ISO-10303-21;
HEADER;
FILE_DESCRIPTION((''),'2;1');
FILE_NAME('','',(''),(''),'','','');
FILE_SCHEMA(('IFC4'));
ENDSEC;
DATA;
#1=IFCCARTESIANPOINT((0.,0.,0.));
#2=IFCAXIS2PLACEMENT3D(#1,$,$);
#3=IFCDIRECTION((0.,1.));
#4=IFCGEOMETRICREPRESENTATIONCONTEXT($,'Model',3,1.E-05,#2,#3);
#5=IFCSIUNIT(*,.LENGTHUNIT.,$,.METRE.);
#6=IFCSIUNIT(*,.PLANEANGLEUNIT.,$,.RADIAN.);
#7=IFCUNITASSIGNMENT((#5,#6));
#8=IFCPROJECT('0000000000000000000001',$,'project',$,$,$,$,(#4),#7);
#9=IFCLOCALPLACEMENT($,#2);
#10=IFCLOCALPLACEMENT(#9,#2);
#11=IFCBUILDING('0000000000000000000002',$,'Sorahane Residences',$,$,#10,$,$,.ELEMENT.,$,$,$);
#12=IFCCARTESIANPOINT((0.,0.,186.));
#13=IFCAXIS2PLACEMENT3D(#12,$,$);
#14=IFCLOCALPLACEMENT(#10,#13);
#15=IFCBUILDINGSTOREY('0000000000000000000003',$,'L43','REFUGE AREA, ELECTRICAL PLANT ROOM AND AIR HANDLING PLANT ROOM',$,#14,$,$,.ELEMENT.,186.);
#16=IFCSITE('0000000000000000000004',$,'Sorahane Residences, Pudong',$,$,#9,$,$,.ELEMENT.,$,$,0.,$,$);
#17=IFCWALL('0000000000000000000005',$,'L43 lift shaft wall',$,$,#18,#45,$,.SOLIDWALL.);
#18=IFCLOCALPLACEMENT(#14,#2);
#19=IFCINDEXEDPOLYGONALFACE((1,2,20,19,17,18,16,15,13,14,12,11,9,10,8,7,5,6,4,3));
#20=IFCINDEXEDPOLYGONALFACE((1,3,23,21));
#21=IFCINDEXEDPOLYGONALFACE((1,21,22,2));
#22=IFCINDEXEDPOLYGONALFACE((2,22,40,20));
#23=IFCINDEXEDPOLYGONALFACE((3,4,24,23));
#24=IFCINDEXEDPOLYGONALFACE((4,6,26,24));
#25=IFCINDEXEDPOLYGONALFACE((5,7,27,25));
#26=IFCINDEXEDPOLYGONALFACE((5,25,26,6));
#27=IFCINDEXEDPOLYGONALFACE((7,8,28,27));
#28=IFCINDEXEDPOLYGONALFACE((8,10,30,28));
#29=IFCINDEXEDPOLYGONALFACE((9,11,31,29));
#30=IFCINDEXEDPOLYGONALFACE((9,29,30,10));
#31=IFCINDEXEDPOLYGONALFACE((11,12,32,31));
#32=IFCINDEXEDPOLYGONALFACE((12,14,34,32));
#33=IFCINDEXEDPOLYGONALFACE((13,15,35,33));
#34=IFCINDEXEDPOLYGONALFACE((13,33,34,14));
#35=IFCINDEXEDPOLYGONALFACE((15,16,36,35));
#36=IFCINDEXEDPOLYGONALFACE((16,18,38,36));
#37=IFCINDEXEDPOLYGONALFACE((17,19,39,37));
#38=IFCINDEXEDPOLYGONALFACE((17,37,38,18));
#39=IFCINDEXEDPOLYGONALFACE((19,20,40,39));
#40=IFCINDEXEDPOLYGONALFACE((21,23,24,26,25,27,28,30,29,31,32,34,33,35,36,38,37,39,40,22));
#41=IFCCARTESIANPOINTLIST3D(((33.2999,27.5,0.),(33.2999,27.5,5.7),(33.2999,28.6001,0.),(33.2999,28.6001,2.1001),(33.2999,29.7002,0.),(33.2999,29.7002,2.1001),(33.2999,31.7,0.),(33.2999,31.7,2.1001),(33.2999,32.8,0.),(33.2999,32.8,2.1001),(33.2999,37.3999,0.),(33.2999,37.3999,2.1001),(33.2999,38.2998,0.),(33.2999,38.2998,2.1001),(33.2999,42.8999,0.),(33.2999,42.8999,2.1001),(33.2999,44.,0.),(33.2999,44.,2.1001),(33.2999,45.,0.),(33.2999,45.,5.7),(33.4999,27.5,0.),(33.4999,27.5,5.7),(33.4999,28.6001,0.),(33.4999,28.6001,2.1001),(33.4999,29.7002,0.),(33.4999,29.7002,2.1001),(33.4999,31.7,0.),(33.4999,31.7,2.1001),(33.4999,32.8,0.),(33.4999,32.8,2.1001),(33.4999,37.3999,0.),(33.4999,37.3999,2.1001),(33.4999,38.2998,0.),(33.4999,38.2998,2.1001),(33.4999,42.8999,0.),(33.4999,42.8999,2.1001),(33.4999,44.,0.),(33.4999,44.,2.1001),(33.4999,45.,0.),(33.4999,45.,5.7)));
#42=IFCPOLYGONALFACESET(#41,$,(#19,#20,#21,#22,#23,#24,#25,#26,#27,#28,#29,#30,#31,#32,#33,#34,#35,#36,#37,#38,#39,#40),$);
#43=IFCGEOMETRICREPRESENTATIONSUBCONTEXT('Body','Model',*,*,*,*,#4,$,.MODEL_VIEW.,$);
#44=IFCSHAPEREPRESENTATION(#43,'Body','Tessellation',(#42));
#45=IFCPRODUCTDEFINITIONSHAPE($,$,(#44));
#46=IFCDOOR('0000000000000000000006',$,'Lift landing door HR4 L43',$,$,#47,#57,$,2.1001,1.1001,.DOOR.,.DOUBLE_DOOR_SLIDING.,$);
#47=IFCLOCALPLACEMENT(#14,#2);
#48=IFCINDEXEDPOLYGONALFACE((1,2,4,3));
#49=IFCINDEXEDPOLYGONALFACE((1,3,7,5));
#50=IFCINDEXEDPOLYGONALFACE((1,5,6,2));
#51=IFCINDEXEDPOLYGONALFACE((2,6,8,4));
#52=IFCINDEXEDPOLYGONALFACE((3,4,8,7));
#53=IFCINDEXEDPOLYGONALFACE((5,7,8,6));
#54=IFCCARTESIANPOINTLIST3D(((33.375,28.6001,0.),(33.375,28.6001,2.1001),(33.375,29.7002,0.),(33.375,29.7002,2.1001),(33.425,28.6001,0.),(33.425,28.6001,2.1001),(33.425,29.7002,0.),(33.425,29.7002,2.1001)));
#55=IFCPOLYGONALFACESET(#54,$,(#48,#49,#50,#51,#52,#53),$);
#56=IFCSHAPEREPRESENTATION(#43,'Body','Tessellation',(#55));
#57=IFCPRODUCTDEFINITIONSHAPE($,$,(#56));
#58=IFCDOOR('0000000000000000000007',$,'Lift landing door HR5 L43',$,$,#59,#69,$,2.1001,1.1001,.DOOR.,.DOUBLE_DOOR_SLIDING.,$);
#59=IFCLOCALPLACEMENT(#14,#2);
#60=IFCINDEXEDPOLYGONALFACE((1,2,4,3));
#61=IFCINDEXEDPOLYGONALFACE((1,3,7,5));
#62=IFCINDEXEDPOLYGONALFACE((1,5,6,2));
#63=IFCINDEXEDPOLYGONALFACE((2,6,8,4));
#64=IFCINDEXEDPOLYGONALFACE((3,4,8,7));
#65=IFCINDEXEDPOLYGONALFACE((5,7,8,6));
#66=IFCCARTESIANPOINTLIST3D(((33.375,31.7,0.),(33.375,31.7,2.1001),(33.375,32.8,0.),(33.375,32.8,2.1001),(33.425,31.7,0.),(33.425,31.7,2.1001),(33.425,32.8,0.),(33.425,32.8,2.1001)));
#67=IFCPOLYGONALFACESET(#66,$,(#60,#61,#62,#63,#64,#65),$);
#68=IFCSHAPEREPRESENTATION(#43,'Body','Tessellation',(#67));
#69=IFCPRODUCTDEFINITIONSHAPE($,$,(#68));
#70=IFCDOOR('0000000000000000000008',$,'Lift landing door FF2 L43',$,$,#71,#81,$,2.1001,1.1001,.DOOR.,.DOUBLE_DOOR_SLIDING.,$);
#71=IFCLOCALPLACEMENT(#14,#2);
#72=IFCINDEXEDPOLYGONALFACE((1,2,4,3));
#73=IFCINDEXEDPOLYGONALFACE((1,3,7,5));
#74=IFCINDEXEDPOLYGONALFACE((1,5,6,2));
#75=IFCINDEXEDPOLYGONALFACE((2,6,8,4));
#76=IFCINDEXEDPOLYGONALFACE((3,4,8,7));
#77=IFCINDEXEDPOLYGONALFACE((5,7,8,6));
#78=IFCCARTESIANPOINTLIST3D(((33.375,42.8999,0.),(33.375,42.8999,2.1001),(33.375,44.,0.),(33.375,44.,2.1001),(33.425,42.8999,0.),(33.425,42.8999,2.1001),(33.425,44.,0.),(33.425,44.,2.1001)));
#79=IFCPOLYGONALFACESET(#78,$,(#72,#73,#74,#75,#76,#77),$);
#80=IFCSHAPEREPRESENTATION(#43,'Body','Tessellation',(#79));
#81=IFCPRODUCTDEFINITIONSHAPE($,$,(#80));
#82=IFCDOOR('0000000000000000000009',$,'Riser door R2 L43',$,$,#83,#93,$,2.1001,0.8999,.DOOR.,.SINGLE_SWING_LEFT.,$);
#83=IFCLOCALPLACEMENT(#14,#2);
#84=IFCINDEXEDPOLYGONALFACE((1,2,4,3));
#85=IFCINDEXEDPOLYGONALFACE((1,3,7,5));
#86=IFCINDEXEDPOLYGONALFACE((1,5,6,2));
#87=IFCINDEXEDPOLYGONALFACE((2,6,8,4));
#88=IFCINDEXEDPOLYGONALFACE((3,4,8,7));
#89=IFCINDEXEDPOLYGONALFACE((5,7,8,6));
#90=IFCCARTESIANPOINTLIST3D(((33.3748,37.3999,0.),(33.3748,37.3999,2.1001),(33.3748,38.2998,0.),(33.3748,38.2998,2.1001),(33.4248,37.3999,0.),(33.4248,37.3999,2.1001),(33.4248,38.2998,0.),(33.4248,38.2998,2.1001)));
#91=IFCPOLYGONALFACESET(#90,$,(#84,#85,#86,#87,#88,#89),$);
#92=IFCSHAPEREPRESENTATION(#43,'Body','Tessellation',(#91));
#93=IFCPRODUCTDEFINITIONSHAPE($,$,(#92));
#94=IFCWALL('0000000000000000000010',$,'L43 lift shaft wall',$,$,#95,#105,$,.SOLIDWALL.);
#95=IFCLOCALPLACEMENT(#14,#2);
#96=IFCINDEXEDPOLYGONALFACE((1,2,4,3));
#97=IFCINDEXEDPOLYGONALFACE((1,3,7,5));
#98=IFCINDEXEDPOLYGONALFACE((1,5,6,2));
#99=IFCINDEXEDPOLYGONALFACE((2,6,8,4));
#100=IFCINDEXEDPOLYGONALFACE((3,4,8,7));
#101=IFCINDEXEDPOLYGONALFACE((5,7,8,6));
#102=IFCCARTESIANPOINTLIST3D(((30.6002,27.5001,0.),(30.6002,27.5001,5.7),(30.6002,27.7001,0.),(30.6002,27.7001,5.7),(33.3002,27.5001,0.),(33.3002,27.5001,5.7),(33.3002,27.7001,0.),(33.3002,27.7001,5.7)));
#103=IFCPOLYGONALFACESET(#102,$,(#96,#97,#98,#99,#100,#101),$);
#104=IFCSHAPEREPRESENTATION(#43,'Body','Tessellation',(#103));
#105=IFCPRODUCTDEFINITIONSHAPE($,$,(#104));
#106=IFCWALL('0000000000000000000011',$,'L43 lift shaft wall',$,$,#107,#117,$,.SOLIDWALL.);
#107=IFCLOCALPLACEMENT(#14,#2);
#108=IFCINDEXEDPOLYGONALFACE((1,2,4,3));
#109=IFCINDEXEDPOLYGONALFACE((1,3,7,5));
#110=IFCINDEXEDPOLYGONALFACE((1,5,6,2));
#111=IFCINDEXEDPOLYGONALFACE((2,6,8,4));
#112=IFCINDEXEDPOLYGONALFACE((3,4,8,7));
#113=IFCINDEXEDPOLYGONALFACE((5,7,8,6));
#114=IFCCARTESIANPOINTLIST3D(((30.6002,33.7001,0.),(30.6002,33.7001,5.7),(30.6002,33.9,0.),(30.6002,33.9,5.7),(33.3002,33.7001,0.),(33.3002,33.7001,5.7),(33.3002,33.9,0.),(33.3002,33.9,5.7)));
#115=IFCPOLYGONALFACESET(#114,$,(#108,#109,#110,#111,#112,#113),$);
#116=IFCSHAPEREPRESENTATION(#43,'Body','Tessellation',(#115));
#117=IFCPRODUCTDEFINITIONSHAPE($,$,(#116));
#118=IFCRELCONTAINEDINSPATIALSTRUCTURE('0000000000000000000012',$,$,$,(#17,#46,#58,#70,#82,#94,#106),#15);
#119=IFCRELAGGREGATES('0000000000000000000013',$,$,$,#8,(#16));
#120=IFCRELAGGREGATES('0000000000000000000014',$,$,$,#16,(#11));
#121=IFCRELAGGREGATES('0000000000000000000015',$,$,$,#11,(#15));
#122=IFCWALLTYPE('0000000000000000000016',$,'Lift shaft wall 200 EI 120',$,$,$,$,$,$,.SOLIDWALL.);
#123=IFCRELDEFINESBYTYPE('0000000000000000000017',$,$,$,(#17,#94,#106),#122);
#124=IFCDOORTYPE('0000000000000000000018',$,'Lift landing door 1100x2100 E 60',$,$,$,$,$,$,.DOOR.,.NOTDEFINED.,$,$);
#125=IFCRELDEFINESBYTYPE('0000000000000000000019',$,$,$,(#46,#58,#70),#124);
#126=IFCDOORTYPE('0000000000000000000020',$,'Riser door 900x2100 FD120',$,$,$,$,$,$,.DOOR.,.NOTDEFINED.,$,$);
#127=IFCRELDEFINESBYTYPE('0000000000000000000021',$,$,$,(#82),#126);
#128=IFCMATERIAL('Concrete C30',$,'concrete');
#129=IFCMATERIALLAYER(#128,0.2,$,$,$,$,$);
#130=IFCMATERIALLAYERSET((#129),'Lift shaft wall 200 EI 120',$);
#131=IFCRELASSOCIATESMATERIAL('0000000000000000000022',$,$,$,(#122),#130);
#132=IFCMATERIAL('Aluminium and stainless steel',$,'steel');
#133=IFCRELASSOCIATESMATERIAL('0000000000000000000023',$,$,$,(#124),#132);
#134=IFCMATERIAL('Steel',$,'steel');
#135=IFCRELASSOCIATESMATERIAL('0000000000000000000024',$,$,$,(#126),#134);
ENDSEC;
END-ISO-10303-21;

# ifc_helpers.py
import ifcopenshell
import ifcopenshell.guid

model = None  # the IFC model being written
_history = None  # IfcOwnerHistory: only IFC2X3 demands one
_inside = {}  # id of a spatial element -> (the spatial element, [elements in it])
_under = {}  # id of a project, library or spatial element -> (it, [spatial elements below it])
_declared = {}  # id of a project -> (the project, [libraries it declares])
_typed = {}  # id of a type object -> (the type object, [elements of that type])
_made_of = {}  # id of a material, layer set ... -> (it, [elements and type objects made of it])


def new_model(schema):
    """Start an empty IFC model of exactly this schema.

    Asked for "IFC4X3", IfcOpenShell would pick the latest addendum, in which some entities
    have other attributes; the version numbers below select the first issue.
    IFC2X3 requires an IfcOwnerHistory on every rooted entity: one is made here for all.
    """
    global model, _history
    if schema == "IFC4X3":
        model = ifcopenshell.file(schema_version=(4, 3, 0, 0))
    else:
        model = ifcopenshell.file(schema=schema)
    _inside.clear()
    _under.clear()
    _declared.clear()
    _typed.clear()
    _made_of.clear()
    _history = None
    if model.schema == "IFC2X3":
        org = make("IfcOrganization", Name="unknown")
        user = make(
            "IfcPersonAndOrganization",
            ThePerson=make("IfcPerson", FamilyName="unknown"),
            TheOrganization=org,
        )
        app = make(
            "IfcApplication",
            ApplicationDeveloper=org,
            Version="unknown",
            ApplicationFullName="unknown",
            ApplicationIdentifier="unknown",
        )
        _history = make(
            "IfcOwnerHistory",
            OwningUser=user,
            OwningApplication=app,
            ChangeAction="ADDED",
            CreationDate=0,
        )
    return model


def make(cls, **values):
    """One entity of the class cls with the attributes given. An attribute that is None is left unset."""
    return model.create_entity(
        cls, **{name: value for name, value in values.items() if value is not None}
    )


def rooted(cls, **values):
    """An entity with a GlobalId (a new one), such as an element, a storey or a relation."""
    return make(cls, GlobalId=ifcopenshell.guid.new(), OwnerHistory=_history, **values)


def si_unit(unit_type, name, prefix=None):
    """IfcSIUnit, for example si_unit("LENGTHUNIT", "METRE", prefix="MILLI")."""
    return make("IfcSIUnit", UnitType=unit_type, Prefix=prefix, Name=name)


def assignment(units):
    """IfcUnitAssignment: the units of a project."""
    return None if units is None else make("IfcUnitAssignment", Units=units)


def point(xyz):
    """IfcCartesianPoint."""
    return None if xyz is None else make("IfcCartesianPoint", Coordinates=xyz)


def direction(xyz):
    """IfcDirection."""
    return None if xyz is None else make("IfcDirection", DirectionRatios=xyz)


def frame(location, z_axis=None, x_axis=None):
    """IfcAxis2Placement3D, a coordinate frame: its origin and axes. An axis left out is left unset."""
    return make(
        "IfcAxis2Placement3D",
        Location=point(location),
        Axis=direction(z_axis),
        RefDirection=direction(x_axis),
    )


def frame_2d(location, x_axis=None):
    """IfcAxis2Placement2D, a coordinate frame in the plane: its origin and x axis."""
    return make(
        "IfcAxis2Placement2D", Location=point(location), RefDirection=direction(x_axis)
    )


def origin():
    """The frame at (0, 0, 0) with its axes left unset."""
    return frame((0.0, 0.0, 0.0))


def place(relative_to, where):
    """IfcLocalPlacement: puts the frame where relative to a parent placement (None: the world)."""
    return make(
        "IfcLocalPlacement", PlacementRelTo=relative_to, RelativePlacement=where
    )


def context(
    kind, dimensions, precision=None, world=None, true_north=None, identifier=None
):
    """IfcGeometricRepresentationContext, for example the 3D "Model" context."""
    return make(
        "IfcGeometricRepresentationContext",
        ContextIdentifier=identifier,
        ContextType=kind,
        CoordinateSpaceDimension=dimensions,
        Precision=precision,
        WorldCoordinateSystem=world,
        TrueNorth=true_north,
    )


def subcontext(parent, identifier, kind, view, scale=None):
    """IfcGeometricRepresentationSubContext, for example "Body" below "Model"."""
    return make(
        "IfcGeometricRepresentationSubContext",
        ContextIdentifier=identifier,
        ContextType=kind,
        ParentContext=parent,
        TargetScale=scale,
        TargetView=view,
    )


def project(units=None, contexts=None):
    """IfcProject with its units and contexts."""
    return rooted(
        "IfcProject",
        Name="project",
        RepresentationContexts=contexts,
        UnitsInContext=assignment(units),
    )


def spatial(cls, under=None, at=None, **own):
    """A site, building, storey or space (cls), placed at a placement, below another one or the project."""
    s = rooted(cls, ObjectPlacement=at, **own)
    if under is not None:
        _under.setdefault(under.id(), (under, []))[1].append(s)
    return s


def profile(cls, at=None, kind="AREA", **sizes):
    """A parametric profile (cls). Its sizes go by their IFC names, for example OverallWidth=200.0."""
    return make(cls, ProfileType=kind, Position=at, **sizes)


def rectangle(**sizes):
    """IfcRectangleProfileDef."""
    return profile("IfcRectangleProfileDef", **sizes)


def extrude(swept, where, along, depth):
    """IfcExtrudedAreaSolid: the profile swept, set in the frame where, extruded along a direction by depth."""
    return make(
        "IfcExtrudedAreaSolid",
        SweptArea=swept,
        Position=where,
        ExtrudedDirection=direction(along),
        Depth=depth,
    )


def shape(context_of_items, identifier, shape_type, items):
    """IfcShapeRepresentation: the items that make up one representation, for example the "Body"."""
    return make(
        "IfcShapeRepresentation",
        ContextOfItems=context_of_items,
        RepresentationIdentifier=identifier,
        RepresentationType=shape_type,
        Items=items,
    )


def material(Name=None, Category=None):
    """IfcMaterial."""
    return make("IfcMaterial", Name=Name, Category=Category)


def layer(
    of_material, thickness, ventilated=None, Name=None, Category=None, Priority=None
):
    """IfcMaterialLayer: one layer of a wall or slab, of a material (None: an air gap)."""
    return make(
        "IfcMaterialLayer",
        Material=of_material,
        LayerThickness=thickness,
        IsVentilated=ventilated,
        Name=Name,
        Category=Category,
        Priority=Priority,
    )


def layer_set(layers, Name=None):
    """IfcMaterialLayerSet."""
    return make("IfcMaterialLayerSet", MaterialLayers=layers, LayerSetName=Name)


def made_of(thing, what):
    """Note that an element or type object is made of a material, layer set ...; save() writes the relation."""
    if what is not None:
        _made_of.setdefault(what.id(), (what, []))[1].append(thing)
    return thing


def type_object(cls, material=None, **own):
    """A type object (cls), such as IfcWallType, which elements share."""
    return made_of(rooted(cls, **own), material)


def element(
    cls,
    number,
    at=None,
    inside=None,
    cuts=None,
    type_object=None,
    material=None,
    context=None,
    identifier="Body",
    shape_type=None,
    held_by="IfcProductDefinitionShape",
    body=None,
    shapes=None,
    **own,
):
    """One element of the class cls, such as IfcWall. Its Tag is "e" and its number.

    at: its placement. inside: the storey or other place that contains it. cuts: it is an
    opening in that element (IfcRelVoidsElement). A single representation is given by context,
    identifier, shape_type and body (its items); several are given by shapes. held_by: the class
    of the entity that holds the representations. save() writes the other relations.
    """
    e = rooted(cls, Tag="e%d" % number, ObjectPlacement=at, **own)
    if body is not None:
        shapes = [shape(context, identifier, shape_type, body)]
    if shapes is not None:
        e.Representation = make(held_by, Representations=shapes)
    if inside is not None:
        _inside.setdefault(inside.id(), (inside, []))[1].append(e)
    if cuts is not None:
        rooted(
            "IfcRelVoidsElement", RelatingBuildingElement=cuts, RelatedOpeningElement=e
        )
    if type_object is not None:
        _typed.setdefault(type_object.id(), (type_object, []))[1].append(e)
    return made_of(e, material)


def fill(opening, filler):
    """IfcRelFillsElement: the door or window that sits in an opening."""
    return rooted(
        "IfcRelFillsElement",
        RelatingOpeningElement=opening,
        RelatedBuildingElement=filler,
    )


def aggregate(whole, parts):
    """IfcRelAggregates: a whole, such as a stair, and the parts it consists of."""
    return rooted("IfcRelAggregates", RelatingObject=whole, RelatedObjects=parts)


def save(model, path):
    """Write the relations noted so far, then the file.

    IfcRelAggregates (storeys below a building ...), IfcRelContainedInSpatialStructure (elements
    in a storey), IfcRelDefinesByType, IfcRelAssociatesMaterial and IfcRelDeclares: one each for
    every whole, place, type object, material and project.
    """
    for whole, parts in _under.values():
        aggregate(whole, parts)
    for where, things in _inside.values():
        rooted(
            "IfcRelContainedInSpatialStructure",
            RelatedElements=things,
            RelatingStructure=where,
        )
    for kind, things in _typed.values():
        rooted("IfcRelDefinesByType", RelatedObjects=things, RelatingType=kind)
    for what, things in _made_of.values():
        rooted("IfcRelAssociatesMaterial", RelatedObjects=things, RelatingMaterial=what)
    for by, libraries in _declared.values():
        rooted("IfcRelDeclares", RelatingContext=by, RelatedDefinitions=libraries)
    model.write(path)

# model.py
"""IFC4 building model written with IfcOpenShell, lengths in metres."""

from ifc_helpers import new_model, si_unit, direction, frame, frame_2d, origin, place, context, subcontext, project, spatial, rectangle, extrude, material, layer, layer_set, type_object, element, fill, save


model = new_model("IFC4")

# Units and contexts
model_context = context("Model", 3, precision=1e-05, world=origin(), true_north=direction((0.0, 1.0)))
body_context = subcontext(model_context, "Body", "Model", "MODEL_VIEW")
ifc_project = project(units=[si_unit("LENGTHUNIT", "METRE"), si_unit("PLANEANGLEUNIT", "RADIAN")], contexts=[model_context])

# Site, building, storey
site_placement = place(None, origin())
site = spatial("IfcSite", under=ifc_project, at=site_placement, Name="Sorahane Residences, Pudong", CompositionType="ELEMENT", RefElevation=0.0)
building_placement = place(site_placement, origin())
building = spatial("IfcBuilding", under=site, at=building_placement, Name="Sorahane Residences", CompositionType="ELEMENT")
storey_placement = place(building_placement, frame((0.0, 0.0, 186.0)))
storey = spatial("IfcBuildingStorey", under=building, at=storey_placement, Name="L43", Description="REFUGE AREA, ELECTRICAL PLANT ROOM AND AIR HANDLING PLANT ROOM", CompositionType="ELEMENT", Elevation=186.0)

# Wall, openings, doors
ifc_material_1 = material(Name="Concrete C30", Category="concrete")
ifc_layer_1 = layer(ifc_material_1, 0.2)
ifc_layer_set_1 = layer_set([ifc_layer_1], Name="Lift shaft wall 200 EI 120")
wall_type_1 = type_object("IfcWallType", Name="Lift shaft wall 200 EI 120", PredefinedType="SOLIDWALL", material=ifc_layer_set_1)
wall_1_placement = place(storey_placement, frame((33.3999, 27.5, 0.0), z_axis=(0.0, 0.0, 1.0), x_axis=(0.0, 1.0, 0.0)))
wall_1 = element("IfcWall", 1, at=wall_1_placement, inside=storey, type_object=wall_type_1, Name="L43 lift shaft wall", PredefinedType="SOLIDWALL", context=body_context, shape_type="SweptSolid", body=[
    extrude(rectangle(XDim=17.5, YDim=0.2, at=frame_2d((8.75, 0.0))), origin(), (0.0, 0.0, 1.0), 5.7),
])
opening_1_placement = place(wall_1_placement, frame((1.1001, 0.0, 0.0)))
opening_1 = element("IfcOpeningElement", 2, at=opening_1_placement, cuts=wall_1, PredefinedType="OPENING", context=body_context, shape_type="SweptSolid", body=[
    extrude(rectangle(XDim=1.1001, YDim=2.1001, at=frame_2d((0.55, 1.05))), frame((0.0, 0.1099, 0.0), z_axis=(0.0, -1.0, 0.0), x_axis=(1.0, 0.0, 0.0)), (0.0, 0.0, 1.0), 0.22),
])
opening_2_placement = place(wall_1_placement, frame((4.2, 0.0, 0.0)))
opening_2 = element("IfcOpeningElement", 3, at=opening_2_placement, cuts=wall_1, PredefinedType="OPENING", context=body_context, shape_type="SweptSolid", body=[
    extrude(rectangle(XDim=1.1001, YDim=2.1001, at=frame_2d((0.55, 1.05))), frame((0.0, 0.1099, 0.0), z_axis=(0.0, -1.0, 0.0), x_axis=(1.0, 0.0, 0.0)), (0.0, 0.0, 1.0), 0.22),
])
opening_3_placement = place(wall_1_placement, frame((15.3999, 0.0, 0.0)))
opening_3 = element("IfcOpeningElement", 4, at=opening_3_placement, cuts=wall_1, PredefinedType="OPENING", context=body_context, shape_type="SweptSolid", body=[
    extrude(rectangle(XDim=1.1001, YDim=2.1001, at=frame_2d((0.55, 1.05))), frame((0.0, 0.1099, 0.0), z_axis=(0.0, -1.0, 0.0), x_axis=(1.0, 0.0, 0.0)), (0.0, 0.0, 1.0), 0.22),
])
opening_4_placement = place(wall_1_placement, frame((9.8999, 0.0, 0.0)))
opening_4 = element("IfcOpeningElement", 5, at=opening_4_placement, cuts=wall_1, PredefinedType="OPENING", context=body_context, shape_type="SweptSolid", body=[
    extrude(rectangle(XDim=0.8999, YDim=2.1001, at=frame_2d((0.45, 1.05))), frame((0.0, 0.1099, 0.0), z_axis=(0.0, -1.0, 0.0), x_axis=(1.0, 0.0, 0.0)), (0.0, 0.0, 1.0), 0.22),
])
ifc_material_2 = material(Name="Aluminium and stainless steel", Category="steel")
door_type_1 = type_object("IfcDoorType", Name="Lift landing door 1100x2100 E 60", OperationType="NOTDEFINED", PredefinedType="DOOR", material=ifc_material_2)
door_1_placement = place(opening_1_placement, origin())
door_1 = element("IfcDoor", 6, at=door_1_placement, inside=storey, type_object=door_type_1, Name="Lift landing door HR4 L43", OperationType="DOUBLE_DOOR_SLIDING", OverallHeight=2.1001, OverallWidth=1.1001, PredefinedType="DOOR", context=body_context, shape_type="SweptSolid", body=[
    extrude(rectangle(XDim=1.1001, YDim=2.1001, at=frame_2d((0.55, 1.05))), frame((0.0, 0.0249, 0.0), z_axis=(0.0, -1.0, 0.0), x_axis=(1.0, 0.0, 0.0)), (0.0, 0.0, 1.0), 0.05),
])
fill(opening_1, door_1)
door_2_placement = place(opening_2_placement, origin())
door_2 = element("IfcDoor", 7, at=door_2_placement, inside=storey, type_object=door_type_1, Name="Lift landing door HR5 L43", OperationType="DOUBLE_DOOR_SLIDING", OverallHeight=2.1001, OverallWidth=1.1001, PredefinedType="DOOR", context=body_context, shape_type="SweptSolid", body=[
    extrude(rectangle(XDim=1.1001, YDim=2.1001, at=frame_2d((0.55, 1.05))), frame((0.0, 0.0249, 0.0), z_axis=(0.0, -1.0, 0.0), x_axis=(1.0, 0.0, 0.0)), (0.0, 0.0, 1.0), 0.05),
])
fill(opening_2, door_2)
door_3_placement = place(opening_3_placement, origin())
door_3 = element("IfcDoor", 8, at=door_3_placement, inside=storey, type_object=door_type_1, Name="Lift landing door FF2 L43", OperationType="DOUBLE_DOOR_SLIDING", OverallHeight=2.1001, OverallWidth=1.1001, PredefinedType="DOOR", context=body_context, shape_type="SweptSolid", body=[
    extrude(rectangle(XDim=1.1001, YDim=2.1001, at=frame_2d((0.55, 1.05))), frame((0.0, 0.0249, 0.0), z_axis=(0.0, -1.0, 0.0), x_axis=(1.0, 0.0, 0.0)), (0.0, 0.0, 1.0), 0.05),
])
fill(opening_3, door_3)
ifc_material_3 = material(Name="Steel", Category="steel")
door_type_2 = type_object("IfcDoorType", Name="Riser door 900x2100 FD120", OperationType="NOTDEFINED", PredefinedType="DOOR", material=ifc_material_3)
door_4_placement = place(opening_4_placement, frame((0.8999, 0.0, 0.0), z_axis=(0.0, 0.0, 1.0), x_axis=(-1.0, 0.0, 0.0)))
door_4 = element("IfcDoor", 9, at=door_4_placement, inside=storey, type_object=door_type_2, Name="Riser door R2 L43", OperationType="SINGLE_SWING_LEFT", OverallHeight=2.1001, OverallWidth=0.8999, PredefinedType="DOOR", context=body_context, shape_type="SweptSolid", body=[
    extrude(rectangle(XDim=0.8999, YDim=2.1001, at=frame_2d((0.45, 1.05))), frame((0.0, 0.0249, 0.0), z_axis=(0.0, -1.0, 0.0), x_axis=(1.0, 0.0, 0.0)), (0.0, 0.0, 1.0), 0.05),
])
fill(opening_4, door_4)

# Walls
for number, where, z_axis, x_axis, name in (
    (10, (30.6001, 27.6001, 0.0), (0.0, 0.0, 1.0), (1.0, 0.0, 0.0), "L43 lift shaft wall"),
    (11, (30.6001, 33.8, 0.0), (0.0, 0.0, 1.0), (1.0, 0.0, 0.0), "L43 lift shaft wall"),
):
    element("IfcWall", number, at=place(storey_placement, frame(where, z_axis=z_axis, x_axis=x_axis)), inside=storey, type_object=wall_type_1, Name=name, PredefinedType="SOLIDWALL", context=body_context, shape_type="SweptSolid", body=[
        extrude(rectangle(XDim=2.7, YDim=0.2, at=frame_2d((1.3501, 0.0))), origin(), (0.0, 0.0, 1.0), 5.7),
    ])

save(model, "model.ifc")
